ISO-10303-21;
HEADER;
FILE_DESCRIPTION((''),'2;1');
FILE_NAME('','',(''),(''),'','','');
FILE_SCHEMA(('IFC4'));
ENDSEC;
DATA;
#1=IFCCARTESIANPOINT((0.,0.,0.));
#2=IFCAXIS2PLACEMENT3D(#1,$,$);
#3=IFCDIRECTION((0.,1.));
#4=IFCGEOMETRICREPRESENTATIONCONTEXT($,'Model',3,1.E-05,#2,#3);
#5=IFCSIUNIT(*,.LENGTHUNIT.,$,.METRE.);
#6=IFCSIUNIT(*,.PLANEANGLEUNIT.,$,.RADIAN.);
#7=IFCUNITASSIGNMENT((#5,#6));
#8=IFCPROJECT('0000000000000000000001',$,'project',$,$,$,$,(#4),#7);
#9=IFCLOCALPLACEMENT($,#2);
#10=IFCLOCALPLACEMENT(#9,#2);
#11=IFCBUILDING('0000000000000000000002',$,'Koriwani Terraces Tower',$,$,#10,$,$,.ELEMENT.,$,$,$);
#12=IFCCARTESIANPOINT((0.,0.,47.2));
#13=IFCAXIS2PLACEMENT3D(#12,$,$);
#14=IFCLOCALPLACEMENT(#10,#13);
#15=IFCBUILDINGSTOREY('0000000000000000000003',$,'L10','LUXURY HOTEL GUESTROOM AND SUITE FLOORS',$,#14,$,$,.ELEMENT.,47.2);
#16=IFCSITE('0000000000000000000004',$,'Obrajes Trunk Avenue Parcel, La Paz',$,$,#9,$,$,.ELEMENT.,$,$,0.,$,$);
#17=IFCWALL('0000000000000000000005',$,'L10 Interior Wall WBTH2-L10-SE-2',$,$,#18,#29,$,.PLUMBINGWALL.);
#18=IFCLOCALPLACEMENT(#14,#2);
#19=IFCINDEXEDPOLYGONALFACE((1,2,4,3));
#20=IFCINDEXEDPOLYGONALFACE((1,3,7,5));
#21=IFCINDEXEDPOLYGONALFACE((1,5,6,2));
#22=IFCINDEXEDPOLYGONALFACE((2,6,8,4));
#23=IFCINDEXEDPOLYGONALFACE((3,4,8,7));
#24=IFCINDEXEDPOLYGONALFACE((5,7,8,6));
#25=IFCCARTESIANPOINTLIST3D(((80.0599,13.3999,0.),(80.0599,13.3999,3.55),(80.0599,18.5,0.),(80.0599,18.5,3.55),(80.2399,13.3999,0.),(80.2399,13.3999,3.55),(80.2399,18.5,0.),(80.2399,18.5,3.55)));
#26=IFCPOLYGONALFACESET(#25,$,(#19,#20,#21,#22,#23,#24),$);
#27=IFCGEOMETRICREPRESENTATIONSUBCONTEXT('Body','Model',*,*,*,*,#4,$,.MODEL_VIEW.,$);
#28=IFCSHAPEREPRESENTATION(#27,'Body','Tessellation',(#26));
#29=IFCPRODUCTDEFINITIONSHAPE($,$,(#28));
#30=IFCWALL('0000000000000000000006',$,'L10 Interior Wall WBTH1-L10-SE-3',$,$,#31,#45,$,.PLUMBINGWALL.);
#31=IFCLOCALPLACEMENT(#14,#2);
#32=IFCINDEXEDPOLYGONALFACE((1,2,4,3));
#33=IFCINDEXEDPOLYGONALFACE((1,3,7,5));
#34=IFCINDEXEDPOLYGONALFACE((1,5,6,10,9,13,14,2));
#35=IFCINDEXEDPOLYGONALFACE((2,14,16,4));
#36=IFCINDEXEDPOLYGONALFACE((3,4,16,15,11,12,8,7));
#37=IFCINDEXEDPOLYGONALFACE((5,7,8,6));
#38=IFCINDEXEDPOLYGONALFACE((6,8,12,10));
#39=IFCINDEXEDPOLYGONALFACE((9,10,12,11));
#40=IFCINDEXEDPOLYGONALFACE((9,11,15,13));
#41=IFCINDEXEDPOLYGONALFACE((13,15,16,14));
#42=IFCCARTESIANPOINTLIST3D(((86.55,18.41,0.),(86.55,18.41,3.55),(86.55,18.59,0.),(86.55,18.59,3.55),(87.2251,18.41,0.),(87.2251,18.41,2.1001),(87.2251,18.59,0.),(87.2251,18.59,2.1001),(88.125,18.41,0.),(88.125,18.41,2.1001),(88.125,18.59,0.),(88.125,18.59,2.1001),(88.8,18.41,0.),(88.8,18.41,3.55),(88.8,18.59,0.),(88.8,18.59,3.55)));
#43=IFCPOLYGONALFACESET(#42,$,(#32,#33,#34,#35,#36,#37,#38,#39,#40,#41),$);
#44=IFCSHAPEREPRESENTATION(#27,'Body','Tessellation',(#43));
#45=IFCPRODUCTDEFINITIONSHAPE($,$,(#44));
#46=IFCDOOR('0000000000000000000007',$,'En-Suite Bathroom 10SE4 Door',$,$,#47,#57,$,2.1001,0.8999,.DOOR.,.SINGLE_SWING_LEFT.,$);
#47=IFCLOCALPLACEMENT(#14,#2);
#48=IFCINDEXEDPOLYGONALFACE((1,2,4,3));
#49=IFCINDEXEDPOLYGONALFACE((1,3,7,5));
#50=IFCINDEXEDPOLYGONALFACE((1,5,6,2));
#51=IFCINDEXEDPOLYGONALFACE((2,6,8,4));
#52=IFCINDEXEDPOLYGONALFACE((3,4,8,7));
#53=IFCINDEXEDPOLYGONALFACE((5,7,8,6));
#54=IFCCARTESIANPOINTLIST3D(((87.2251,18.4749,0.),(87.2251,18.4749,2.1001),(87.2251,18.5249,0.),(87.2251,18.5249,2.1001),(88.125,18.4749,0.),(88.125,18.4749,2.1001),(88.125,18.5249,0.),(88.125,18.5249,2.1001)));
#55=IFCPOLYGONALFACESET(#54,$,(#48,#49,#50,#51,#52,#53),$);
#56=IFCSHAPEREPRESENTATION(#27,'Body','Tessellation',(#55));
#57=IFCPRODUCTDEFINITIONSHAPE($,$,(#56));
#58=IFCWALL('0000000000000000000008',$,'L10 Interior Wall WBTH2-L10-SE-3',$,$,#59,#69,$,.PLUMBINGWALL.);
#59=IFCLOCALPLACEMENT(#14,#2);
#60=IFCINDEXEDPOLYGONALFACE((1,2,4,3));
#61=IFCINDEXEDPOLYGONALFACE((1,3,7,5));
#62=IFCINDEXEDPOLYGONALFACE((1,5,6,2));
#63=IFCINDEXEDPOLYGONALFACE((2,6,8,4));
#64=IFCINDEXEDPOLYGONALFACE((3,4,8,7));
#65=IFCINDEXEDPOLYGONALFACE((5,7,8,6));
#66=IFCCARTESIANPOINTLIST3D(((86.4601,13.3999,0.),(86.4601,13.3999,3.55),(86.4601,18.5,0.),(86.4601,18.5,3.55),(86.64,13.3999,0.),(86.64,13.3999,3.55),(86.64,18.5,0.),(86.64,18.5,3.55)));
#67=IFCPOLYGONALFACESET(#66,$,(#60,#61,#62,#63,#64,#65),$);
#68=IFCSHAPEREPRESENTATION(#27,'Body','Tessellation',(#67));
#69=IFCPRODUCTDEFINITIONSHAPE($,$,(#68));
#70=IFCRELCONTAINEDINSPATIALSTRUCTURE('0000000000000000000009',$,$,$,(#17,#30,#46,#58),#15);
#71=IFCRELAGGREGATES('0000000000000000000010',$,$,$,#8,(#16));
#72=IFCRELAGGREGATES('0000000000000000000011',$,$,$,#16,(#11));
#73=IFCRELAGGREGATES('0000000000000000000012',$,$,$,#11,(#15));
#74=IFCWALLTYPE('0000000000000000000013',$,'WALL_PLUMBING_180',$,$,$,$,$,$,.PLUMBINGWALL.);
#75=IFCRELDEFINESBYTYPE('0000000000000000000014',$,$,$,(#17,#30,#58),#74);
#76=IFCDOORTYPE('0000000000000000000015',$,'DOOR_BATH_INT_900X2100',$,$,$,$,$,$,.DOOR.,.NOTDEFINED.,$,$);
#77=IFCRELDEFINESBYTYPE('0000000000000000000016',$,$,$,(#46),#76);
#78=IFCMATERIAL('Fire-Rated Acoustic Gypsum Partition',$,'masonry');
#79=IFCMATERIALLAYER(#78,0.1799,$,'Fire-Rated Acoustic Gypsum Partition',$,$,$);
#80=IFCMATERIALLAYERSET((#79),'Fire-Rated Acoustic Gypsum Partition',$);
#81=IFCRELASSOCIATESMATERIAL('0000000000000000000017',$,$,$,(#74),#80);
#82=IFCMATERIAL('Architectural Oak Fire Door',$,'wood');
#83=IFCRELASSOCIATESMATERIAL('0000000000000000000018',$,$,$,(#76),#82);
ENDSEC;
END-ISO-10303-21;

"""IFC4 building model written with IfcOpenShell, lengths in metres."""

from ifc_helpers import new_model, si_unit, direction, frame, frame_2d, origin, place, context, subcontext, project, spatial, rectangle, extrude, material, layer, layer_set, type_object, element, fill, save


model = new_model("IFC4")

# Units and contexts
model_context = context("Model", 3, precision=1e-05, world=origin(), true_north=direction((0.0, 1.0)))
body_context = subcontext(model_context, "Body", "Model", "MODEL_VIEW")
ifc_project = project(units=[si_unit("LENGTHUNIT", "METRE"), si_unit("PLANEANGLEUNIT", "RADIAN")], contexts=[model_context])

# Site, building, storey
site_placement = place(None, origin())
site = spatial("IfcSite", under=ifc_project, at=site_placement, Name="Obrajes Trunk Avenue Parcel, La Paz", CompositionType="ELEMENT", RefElevation=0.0)
building_placement = place(site_placement, origin())
building = spatial("IfcBuilding", under=site, at=building_placement, Name="Koriwani Terraces Tower", CompositionType="ELEMENT")
storey_placement = place(building_placement, frame((0.0, 0.0, 47.2)))
storey = spatial("IfcBuildingStorey", under=building, at=storey_placement, Name="L10", Description="LUXURY HOTEL GUESTROOM AND SUITE FLOORS", CompositionType="ELEMENT", Elevation=47.2)

# Shared definitions
ifc_material_1 = material(Name="Fire-Rated Acoustic Gypsum Partition", Category="masonry")
ifc_layer_1 = layer(ifc_material_1, 0.1799, Name="Fire-Rated Acoustic Gypsum Partition")
ifc_layer_set_1 = layer_set([ifc_layer_1], Name="Fire-Rated Acoustic Gypsum Partition")
wall_type_1 = type_object("IfcWallType", Name="WALL_PLUMBING_180", PredefinedType="PLUMBINGWALL", material=ifc_layer_set_1)
ifc_material_2 = material(Name="Architectural Oak Fire Door", Category="wood")
door_type = type_object("IfcDoorType", Name="DOOR_BATH_INT_900X2100", OperationType="NOTDEFINED", PredefinedType="DOOR", material=ifc_material_2)

# Wall
wall_1_placement = place(storey_placement, frame((80.1499, 13.3999, 0.0), z_axis=(0.0, 0.0, 1.0), x_axis=(0.0, 1.0, 0.0)))
element("IfcWall", 1, at=wall_1_placement, inside=storey, type_object=wall_type_1, Name="L10 Interior Wall WBTH2-L10-SE-2", PredefinedType="PLUMBINGWALL", context=body_context, shape_type="SweptSolid", body=[
    extrude(rectangle(XDim=5.1001, YDim=0.1799, at=frame_2d((2.55, 0.0))), origin(), (0.0, 0.0, 1.0), 3.55),
])

# Wall, opening, door
wall_2_placement = place(storey_placement, frame((86.55, 18.5, 0.0), z_axis=(0.0, 0.0, 1.0), x_axis=(1.0, 0.0, 0.0)))
wall_2 = element("IfcWall", 2, at=wall_2_placement, inside=storey, type_object=wall_type_1, Name="L10 Interior Wall WBTH1-L10-SE-3", PredefinedType="PLUMBINGWALL", context=body_context, shape_type="SweptSolid", body=[
    extrude(rectangle(XDim=2.25, YDim=0.1799, at=frame_2d((1.125, 0.0))), origin(), (0.0, 0.0, 1.0), 3.55),
])
opening_1_placement = place(wall_2_placement, frame((0.675, 0.0, 0.0)))
opening_1 = element("IfcOpeningElement", 3, at=opening_1_placement, cuts=wall_2, PredefinedType="OPENING", context=body_context, shape_type="SweptSolid", body=[
    extrude(rectangle(XDim=0.8999, YDim=2.1001, at=frame_2d((0.45, 1.05))), frame((0.0, 0.1001, 0.0), z_axis=(0.0, -1.0, 0.0), x_axis=(1.0, 0.0, 0.0)), (0.0, 0.0, 1.0), 0.2),
])
door_1_placement = place(opening_1_placement, origin())
door_1 = element("IfcDoor", 4, at=door_1_placement, inside=storey, type_object=door_type, Name="En-Suite Bathroom 10SE4 Door", OperationType="SINGLE_SWING_LEFT", OverallHeight=2.1001, OverallWidth=0.8999, PredefinedType="DOOR", context=body_context, shape_type="SweptSolid", body=[
    extrude(rectangle(XDim=0.8999, YDim=2.1001, at=frame_2d((0.45, 1.05))), frame((0.0, 0.0249, 0.0), z_axis=(0.0, -1.0, 0.0), x_axis=(1.0, 0.0, 0.0)), (0.0, 0.0, 1.0), 0.05),
])
fill(opening_1, door_1)

# Wall
wall_3_placement = place(storey_placement, frame((86.55, 13.3999, 0.0), z_axis=(0.0, 0.0, 1.0), x_axis=(0.0, 1.0, 0.0)))
element("IfcWall", 5, at=wall_3_placement, inside=storey, type_object=wall_type_1, Name="L10 Interior Wall WBTH2-L10-SE-3", PredefinedType="PLUMBINGWALL", context=body_context, shape_type="SweptSolid", body=[
    extrude(rectangle(XDim=5.1001, YDim=0.1799, at=frame_2d((2.55, 0.0))), origin(), (0.0, 0.0, 1.0), 3.55),
])

save(model, "model.ifc")
